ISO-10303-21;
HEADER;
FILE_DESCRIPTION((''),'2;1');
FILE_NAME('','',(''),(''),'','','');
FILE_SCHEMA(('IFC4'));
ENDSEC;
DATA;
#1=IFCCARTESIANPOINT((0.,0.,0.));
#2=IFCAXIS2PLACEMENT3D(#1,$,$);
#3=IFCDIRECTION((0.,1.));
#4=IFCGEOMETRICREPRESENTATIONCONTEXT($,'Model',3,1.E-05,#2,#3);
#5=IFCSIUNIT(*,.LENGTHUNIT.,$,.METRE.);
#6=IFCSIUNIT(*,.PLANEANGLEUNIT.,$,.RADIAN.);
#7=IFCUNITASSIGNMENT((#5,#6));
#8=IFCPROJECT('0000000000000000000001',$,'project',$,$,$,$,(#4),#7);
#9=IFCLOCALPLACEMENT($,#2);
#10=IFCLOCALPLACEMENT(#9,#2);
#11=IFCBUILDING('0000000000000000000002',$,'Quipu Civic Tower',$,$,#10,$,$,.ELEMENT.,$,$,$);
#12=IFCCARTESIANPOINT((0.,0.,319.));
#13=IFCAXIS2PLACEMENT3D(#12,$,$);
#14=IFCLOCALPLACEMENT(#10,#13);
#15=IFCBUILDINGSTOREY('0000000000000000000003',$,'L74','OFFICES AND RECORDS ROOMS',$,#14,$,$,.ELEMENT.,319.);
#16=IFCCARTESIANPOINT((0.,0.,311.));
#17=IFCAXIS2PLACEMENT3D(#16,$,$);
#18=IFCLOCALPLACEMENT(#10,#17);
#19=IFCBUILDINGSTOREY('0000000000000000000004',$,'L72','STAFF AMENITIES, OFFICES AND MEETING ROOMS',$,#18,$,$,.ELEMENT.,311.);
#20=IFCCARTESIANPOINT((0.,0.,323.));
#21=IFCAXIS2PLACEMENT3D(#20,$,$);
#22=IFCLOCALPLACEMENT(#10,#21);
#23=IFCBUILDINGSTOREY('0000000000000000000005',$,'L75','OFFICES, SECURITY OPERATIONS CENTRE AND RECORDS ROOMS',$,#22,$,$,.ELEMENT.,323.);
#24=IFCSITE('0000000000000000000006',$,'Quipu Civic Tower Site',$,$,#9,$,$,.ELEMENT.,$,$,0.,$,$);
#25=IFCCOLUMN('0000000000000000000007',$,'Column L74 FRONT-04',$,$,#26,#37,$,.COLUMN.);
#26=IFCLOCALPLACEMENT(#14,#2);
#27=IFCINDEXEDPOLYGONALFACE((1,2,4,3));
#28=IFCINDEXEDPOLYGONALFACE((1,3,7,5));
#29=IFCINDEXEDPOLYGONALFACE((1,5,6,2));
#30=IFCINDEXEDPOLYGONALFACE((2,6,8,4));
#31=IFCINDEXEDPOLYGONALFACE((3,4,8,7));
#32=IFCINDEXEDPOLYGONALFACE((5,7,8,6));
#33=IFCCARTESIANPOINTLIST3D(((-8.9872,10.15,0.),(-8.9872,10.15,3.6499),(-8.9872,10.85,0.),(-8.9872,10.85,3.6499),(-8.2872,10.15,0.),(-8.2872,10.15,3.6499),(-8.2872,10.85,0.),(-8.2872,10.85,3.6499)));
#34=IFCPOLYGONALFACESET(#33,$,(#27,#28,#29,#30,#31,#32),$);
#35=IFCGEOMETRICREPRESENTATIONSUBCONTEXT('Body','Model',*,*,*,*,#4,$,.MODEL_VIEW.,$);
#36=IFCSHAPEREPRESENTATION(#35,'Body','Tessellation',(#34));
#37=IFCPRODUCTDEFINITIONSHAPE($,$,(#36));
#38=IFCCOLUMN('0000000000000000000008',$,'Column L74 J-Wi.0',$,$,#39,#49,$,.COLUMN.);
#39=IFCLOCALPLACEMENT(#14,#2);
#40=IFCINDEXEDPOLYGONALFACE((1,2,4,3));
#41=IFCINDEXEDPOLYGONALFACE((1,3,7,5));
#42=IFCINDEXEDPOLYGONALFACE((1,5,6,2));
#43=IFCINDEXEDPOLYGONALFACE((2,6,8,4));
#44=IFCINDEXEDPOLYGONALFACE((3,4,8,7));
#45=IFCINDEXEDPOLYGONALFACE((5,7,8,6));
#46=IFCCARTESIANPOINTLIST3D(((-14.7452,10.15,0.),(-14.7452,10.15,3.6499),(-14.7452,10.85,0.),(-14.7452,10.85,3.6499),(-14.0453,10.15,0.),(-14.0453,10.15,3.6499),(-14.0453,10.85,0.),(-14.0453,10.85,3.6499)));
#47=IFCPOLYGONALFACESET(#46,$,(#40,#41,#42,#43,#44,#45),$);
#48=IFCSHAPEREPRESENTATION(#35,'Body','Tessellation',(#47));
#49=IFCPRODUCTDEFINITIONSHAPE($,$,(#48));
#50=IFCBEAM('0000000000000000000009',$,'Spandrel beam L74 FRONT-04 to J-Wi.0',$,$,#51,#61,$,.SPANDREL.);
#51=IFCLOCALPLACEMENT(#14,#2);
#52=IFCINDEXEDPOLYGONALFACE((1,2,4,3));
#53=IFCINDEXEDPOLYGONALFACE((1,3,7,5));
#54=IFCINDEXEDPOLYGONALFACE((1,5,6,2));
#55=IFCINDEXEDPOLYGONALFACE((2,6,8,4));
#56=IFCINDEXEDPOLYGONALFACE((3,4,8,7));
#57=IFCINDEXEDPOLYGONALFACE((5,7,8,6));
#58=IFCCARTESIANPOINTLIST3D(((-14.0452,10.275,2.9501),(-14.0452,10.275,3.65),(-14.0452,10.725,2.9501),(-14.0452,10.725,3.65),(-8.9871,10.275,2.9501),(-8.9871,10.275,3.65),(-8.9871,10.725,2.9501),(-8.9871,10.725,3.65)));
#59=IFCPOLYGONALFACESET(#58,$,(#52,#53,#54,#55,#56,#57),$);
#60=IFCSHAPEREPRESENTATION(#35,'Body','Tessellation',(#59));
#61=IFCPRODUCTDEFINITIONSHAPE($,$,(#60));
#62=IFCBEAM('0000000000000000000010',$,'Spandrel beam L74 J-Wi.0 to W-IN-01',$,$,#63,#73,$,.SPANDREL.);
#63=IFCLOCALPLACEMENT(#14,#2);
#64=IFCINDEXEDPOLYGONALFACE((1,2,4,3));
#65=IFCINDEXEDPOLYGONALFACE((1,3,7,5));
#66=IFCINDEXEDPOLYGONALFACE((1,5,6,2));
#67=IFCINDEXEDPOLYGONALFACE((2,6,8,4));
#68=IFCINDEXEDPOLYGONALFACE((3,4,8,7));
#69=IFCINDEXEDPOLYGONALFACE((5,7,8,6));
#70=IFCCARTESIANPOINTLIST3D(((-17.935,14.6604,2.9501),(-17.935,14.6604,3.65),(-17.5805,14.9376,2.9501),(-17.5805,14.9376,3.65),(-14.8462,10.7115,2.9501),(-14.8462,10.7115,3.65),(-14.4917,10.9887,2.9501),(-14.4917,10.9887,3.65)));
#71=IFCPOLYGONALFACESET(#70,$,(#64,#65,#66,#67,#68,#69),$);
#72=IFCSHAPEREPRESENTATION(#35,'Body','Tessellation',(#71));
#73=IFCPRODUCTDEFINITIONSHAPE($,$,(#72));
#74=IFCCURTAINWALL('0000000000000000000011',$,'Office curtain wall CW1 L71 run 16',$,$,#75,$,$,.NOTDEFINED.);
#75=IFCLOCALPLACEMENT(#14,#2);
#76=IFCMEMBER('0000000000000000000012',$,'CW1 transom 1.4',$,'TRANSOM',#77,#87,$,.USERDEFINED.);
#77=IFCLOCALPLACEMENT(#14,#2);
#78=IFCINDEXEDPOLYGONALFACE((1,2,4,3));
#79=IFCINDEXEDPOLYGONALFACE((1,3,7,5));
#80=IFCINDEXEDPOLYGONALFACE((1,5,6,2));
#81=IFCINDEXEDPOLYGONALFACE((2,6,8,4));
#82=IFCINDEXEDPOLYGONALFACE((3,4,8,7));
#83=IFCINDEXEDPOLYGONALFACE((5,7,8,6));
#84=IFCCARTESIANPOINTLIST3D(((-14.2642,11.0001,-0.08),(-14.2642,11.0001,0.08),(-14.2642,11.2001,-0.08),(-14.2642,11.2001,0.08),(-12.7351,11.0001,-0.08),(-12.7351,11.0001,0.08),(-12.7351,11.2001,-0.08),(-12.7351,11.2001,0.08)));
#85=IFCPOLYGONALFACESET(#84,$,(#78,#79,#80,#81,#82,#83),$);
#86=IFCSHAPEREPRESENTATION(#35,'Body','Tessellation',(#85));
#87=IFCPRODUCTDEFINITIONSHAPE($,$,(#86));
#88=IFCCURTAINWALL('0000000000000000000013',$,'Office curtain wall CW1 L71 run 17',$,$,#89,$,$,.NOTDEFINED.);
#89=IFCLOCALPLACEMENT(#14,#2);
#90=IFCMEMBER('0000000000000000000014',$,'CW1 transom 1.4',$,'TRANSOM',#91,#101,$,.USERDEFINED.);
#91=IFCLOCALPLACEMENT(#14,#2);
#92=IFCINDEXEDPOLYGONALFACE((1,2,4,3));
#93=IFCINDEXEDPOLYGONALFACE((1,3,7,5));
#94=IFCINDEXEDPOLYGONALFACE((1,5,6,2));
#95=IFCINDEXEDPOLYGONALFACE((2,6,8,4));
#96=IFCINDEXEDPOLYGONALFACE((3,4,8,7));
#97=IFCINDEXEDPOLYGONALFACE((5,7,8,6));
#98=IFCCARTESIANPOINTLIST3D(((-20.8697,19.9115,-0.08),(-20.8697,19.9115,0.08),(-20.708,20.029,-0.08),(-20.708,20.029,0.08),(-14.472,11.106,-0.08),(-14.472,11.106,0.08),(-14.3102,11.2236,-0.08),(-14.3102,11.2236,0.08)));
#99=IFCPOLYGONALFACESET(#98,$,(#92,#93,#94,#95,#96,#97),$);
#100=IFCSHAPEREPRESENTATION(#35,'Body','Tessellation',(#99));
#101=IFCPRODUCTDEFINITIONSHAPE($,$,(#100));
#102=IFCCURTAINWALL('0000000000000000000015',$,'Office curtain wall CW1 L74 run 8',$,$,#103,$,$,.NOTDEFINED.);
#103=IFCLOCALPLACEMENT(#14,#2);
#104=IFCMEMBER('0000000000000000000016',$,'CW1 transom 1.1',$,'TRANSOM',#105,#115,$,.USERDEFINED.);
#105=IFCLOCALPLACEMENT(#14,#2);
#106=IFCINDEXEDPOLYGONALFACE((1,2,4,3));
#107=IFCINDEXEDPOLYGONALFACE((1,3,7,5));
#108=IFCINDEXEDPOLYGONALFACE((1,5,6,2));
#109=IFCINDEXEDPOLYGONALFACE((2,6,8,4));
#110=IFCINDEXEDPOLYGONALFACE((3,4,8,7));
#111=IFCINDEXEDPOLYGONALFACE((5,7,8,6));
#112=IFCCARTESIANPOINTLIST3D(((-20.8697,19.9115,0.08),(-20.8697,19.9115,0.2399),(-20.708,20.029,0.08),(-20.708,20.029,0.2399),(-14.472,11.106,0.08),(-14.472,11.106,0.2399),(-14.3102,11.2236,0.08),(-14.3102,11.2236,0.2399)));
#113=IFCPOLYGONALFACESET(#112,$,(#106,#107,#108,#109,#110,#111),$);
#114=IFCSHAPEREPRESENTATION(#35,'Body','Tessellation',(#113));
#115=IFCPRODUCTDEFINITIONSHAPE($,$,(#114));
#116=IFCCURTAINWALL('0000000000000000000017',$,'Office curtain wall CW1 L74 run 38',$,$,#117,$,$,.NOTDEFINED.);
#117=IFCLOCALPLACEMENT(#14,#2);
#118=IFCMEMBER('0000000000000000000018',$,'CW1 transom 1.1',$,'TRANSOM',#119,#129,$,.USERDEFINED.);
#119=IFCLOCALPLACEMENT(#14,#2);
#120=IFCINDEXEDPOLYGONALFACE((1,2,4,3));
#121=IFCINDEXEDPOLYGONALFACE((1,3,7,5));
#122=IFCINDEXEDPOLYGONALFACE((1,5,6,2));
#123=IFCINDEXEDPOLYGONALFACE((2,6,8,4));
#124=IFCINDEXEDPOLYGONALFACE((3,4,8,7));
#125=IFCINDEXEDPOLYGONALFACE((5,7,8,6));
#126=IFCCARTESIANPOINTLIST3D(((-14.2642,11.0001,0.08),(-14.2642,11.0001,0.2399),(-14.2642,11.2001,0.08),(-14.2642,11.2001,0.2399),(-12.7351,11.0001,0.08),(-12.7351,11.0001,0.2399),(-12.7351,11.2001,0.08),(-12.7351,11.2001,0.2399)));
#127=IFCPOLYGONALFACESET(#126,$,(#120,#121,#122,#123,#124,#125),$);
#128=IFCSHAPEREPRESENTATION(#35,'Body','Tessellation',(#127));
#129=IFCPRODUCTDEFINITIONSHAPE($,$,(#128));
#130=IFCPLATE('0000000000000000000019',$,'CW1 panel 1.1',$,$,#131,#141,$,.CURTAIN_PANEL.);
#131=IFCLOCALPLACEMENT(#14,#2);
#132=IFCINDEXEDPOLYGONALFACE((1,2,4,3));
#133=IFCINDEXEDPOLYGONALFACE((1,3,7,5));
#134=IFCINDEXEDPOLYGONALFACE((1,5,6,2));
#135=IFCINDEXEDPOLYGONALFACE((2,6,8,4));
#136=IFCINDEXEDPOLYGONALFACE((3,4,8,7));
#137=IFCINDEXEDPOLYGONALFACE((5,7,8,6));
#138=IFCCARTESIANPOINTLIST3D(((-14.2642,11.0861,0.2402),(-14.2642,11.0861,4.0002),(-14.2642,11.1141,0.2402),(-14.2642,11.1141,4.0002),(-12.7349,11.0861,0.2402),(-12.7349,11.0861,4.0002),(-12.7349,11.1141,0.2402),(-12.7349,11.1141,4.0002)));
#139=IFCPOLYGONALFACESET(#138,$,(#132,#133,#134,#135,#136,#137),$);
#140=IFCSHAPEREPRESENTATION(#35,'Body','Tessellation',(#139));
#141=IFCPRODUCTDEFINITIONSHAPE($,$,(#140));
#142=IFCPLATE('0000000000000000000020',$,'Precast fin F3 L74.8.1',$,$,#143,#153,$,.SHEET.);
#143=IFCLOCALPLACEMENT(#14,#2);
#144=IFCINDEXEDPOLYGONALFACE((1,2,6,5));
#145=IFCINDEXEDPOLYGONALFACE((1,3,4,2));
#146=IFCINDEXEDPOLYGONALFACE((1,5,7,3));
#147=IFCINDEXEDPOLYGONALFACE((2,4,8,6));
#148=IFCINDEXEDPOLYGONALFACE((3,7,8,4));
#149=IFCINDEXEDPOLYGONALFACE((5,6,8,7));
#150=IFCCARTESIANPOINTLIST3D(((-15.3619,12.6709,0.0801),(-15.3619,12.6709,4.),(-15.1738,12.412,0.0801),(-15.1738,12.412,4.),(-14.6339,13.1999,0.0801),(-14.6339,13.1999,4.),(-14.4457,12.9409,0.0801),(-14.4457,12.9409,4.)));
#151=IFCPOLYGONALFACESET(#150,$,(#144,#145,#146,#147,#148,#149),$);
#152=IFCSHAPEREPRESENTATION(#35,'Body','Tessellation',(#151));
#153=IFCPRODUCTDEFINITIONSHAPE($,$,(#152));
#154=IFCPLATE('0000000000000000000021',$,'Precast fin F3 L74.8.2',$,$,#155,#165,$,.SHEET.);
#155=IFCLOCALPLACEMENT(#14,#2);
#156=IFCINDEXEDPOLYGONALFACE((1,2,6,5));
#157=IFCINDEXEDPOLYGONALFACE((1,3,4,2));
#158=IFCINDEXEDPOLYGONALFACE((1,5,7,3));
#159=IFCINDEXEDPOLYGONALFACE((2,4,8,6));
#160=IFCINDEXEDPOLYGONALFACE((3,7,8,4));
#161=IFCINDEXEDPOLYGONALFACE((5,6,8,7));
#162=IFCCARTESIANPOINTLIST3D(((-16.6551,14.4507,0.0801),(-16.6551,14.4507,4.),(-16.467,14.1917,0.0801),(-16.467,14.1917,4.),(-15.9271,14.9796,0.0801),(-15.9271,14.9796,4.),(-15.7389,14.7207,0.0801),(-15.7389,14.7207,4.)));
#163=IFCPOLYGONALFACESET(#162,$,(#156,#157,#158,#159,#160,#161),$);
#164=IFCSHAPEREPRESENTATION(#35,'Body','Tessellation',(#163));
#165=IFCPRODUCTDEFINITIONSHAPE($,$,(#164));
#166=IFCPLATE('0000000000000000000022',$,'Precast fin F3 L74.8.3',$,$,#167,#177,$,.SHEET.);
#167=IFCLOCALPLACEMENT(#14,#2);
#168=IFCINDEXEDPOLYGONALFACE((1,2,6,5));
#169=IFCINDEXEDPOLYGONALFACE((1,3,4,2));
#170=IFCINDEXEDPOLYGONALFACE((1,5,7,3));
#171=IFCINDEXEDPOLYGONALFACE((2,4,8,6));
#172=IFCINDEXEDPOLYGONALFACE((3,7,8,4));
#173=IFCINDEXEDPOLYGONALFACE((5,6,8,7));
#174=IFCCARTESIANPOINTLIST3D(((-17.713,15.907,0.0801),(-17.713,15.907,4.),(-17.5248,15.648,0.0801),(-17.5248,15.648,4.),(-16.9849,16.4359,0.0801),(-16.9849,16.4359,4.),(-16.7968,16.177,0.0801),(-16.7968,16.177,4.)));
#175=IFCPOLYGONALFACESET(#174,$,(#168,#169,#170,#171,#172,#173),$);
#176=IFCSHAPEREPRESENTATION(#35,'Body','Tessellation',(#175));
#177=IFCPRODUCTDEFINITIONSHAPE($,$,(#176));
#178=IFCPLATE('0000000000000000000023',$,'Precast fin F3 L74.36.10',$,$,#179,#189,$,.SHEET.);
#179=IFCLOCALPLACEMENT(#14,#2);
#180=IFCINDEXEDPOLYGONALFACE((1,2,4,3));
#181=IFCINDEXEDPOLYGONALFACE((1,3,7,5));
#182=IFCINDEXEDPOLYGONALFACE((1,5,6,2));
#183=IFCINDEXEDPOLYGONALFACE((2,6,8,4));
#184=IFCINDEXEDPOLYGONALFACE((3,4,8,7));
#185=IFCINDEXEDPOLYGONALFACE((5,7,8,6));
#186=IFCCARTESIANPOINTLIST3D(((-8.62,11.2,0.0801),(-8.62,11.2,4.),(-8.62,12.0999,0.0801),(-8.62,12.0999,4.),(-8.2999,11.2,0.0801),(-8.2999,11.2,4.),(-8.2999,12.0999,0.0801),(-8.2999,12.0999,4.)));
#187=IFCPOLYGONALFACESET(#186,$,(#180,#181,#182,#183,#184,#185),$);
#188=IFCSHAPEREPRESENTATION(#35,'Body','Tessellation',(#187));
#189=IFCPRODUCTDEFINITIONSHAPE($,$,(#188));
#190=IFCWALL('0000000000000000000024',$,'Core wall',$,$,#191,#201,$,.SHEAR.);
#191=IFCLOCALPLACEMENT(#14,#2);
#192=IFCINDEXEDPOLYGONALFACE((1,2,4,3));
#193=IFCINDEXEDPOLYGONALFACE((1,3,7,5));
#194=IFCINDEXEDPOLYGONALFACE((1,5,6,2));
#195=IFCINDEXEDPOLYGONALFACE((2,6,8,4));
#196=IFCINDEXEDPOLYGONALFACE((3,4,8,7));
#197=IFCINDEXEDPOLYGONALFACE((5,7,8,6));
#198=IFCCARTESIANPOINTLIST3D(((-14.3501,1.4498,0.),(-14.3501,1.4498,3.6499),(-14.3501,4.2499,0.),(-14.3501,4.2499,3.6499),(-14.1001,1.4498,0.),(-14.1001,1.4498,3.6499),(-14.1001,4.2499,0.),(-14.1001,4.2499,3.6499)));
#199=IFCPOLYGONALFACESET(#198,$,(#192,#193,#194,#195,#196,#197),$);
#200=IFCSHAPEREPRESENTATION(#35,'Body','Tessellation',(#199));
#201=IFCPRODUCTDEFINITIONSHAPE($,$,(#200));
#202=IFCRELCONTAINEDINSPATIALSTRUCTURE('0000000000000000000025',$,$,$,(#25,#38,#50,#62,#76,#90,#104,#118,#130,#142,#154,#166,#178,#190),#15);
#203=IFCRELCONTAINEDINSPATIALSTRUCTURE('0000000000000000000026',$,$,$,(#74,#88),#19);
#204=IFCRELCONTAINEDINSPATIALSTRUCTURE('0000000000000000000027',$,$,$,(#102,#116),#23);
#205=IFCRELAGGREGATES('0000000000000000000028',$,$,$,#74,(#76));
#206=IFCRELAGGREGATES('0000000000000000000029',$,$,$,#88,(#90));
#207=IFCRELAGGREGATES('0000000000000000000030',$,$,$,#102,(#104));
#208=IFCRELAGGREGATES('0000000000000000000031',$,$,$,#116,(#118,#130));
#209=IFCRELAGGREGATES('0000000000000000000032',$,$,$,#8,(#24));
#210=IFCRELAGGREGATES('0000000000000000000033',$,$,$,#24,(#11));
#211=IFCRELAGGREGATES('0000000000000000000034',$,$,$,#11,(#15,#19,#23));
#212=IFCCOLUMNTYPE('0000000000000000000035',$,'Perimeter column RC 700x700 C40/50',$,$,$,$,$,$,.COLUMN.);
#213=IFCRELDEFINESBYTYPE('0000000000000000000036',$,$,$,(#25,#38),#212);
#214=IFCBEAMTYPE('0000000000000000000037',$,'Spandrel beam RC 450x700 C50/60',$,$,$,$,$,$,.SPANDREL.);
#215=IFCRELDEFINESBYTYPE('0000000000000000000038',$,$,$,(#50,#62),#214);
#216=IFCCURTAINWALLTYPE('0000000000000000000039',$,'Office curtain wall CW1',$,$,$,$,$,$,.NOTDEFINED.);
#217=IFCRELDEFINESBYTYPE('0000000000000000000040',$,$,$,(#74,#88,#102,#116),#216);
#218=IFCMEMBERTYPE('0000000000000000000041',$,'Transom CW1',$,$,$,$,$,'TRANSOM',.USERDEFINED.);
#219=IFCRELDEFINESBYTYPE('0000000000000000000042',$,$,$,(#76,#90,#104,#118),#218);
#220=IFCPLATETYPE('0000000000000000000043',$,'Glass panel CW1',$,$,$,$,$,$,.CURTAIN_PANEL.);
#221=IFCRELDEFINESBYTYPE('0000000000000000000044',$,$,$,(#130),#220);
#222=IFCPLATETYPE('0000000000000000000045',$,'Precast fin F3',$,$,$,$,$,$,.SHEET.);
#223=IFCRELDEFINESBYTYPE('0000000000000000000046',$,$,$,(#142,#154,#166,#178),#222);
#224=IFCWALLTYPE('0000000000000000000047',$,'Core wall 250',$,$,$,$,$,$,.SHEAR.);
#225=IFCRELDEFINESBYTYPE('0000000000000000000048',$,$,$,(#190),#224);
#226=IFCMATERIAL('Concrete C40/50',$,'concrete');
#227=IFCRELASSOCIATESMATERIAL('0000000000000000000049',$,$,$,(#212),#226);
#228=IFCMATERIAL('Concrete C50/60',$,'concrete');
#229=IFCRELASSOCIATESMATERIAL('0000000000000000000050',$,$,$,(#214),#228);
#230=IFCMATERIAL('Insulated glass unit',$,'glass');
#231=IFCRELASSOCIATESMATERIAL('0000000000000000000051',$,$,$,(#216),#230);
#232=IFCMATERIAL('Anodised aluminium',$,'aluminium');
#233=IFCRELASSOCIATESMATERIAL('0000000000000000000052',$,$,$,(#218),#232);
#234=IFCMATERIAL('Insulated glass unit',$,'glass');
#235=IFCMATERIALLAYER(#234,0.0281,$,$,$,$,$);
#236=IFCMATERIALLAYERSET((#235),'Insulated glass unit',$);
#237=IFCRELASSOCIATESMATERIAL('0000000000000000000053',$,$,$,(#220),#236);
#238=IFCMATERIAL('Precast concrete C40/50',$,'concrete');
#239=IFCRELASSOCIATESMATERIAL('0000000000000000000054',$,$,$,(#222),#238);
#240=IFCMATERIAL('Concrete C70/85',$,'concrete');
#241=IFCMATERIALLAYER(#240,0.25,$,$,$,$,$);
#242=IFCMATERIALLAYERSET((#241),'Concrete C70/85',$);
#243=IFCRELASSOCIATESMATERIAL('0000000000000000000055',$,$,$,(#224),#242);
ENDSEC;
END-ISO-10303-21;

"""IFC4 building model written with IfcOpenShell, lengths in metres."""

from ifc_helpers import new_model, si_unit, direction, frame, frame_2d, origin, origin_2d, place, context, subcontext, project, spatial, rectangle, extrude, material, layer, layer_set, material_profile, profile_set, type_object, element, aggregate, save


model = new_model("IFC4")

# Units and contexts
model_context = context("Model", 3, precision=1e-05, world=origin(), true_north=direction((0.0, 1.0)))
body_context = subcontext(model_context, "Body", "Model", "MODEL_VIEW")
ifc_project = project(units=[si_unit("LENGTHUNIT", "METRE"), si_unit("PLANEANGLEUNIT", "RADIAN")], contexts=[model_context])

# Site, building, storey
site_placement = place(None, origin())
site = spatial("IfcSite", under=ifc_project, at=site_placement, Name="Quipu Civic Tower Site", CompositionType="ELEMENT", RefElevation=0.0)
building_placement = place(site_placement, origin())
building = spatial("IfcBuilding", under=site, at=building_placement, Name="Quipu Civic Tower", CompositionType="ELEMENT")
storey_1_placement = place(building_placement, frame((0.0, 0.0, 319.0)))
storey_1 = spatial("IfcBuildingStorey", under=building, at=storey_1_placement, Name="L74", Description="OFFICES AND RECORDS ROOMS", CompositionType="ELEMENT", Elevation=319.0)

# Columns
ifc_material_1 = material(Name="Concrete C40/50", Category="concrete")
ifc_material_profile_1 = material_profile(ifc_material_1, rectangle(XDim=0.7, YDim=0.7, at=origin_2d()), Name="RC700x700")
ifc_profile_set_1 = profile_set([ifc_material_profile_1], Name="Concrete C40/50")
column_type = type_object("IfcColumnType", Name="Perimeter column RC 700x700 C40/50", PredefinedType="COLUMN", material=ifc_profile_set_1)
for number, where, z_axis, x_axis, name in (
    (1, (-8.6372, 10.5, 0.0), (0.0, 0.0, 1.0), (-1.0, 0.0, 0.0), "Column L74 FRONT-04"),
    (2, (-14.3953, 10.5, 0.0), (0.0, 0.0, 1.0), (-1.0, 0.0, 0.0), "Column L74 J-Wi.0"),
):
    element("IfcColumn", number, at=place(storey_1_placement, frame(where, z_axis=z_axis, x_axis=x_axis)), inside=storey_1, type_object=column_type, Name=name, PredefinedType="COLUMN", context=body_context, shape_type="SweptSolid", body=[
        extrude(rectangle(XDim=0.7, YDim=0.7, at=origin_2d()), origin(), (0.0, 0.0, 1.0), 3.6499),
    ])

# Beams
ifc_material_2 = material(Name="Concrete C50/60", Category="concrete")
ifc_material_profile_2 = material_profile(ifc_material_2, rectangle(XDim=0.45, YDim=0.7, at=origin_2d()), Name="RC450x700")
ifc_profile_set_2 = profile_set([ifc_material_profile_2], Name="Concrete C50/60")
beam_type = type_object("IfcBeamType", Name="Spandrel beam RC 450x700 C50/60", PredefinedType="SPANDREL", material=ifc_profile_set_2)
beam_1_placement = place(storey_1_placement, frame((-8.9871, 10.5, 3.3), z_axis=(-1.0, 0.0, 0.0), x_axis=(0.0, -1.0, 0.0)))
element("IfcBeam", 3, at=beam_1_placement, inside=storey_1, type_object=beam_type, Name="Spandrel beam L74 FRONT-04 to J-Wi.0", PredefinedType="SPANDREL", context=body_context, shape_type="SweptSolid", body=[
    extrude(rectangle(XDim=0.45, YDim=0.7, at=origin_2d()), origin(), (0.0, 0.0, 1.0), 5.0581),
])
beam_2_placement = place(storey_1_placement, frame((-14.6689, 10.8501, 3.3), z_axis=(-0.616106, 0.787663, 0.0), x_axis=(-0.787663, -0.616106, 0.0)))
element("IfcBeam", 4, at=beam_2_placement, inside=storey_1, type_object=beam_type, Name="Spandrel beam L74 J-Wi.0 to W-IN-01", PredefinedType="SPANDREL", context=body_context, shape_type="SweptSolid", body=[
    extrude(rectangle(XDim=0.45, YDim=0.7, at=origin_2d()), origin(), (0.0, 0.0, 1.0), 5.0134),
])

# Shared definitions
storey_2_placement = place(building_placement, frame((0.0, 0.0, 311.0)))
storey_2 = spatial("IfcBuildingStorey", under=building, at=storey_2_placement, Name="L72", Description="STAFF AMENITIES, OFFICES AND MEETING ROOMS", CompositionType="ELEMENT", Elevation=311.0)

# Curtain walls, members
ifc_material_3 = material(Name="Insulated glass unit", Category="glass")
curtain_wall_type = type_object("IfcCurtainWallType", Name="Office curtain wall CW1", PredefinedType="NOTDEFINED", material=ifc_material_3)
curtain_wall_1_placement = place(storey_2_placement, origin())
curtain_wall_1 = element("IfcCurtainWall", 5, at=curtain_wall_1_placement, inside=storey_2, type_object=curtain_wall_type, Name="Office curtain wall CW1 L71 run 16", PredefinedType="NOTDEFINED")
ifc_material_4 = material(Name="Anodised aluminium", Category="aluminium")
ifc_material_profile_3 = material_profile(ifc_material_4, rectangle(XDim=0.2, YDim=0.1599, at=origin_2d()), Name="RECT 200x160")
ifc_profile_set_3 = profile_set([ifc_material_profile_3], Name="Anodised aluminium")
member_type = type_object("IfcMemberType", Name="Transom CW1", ElementType="TRANSOM", PredefinedType="USERDEFINED", material=ifc_profile_set_3)
member_1_placement = place(storey_1_placement, frame((-12.7351, 11.1001, 0.0), z_axis=(-1.0, 0.0, 0.0), x_axis=(0.0, -1.0, 0.0)))
member_1 = element("IfcMember", 6, at=member_1_placement, inside=storey_1, type_object=member_type, Name="CW1 transom 1.4", ObjectType="TRANSOM", PredefinedType="USERDEFINED", context=body_context, shape_type="SweptSolid", body=[
    extrude(rectangle(XDim=0.2, YDim=0.1599, at=origin_2d()), origin(), (0.0, 0.0, 1.0), 1.5291),
])
aggregate(curtain_wall_1, [member_1])
curtain_wall_2_placement = place(storey_2_placement, origin())
curtain_wall_2 = element("IfcCurtainWall", 7, at=curtain_wall_2_placement, inside=storey_2, type_object=curtain_wall_type, Name="Office curtain wall CW1 L71 run 17", PredefinedType="NOTDEFINED")
member_2_placement = place(storey_1_placement, frame((-14.3911, 11.1648, 0.0), z_axis=(-0.587797, 0.809009, 0.0), x_axis=(-0.809009, -0.587797, 0.0)))
member_2 = element("IfcMember", 8, at=member_2_placement, inside=storey_1, type_object=member_type, Name="CW1 transom 1.4", ObjectType="TRANSOM", PredefinedType="USERDEFINED", context=body_context, shape_type="SweptSolid", body=[
    extrude(rectangle(XDim=0.2, YDim=0.1599, at=origin_2d()), origin(), (0.0, 0.0, 1.0), 10.8843),
])
aggregate(curtain_wall_2, [member_2])

# Shared definitions
storey_3_placement = place(building_placement, frame((0.0, 0.0, 323.0)))
storey_3 = spatial("IfcBuildingStorey", under=building, at=storey_3_placement, Name="L75", Description="OFFICES, SECURITY OPERATIONS CENTRE AND RECORDS ROOMS", CompositionType="ELEMENT", Elevation=323.0)

# Curtain wall, member
curtain_wall_3_placement = place(storey_3_placement, origin())
curtain_wall_3 = element("IfcCurtainWall", 9, at=curtain_wall_3_placement, inside=storey_3, type_object=curtain_wall_type, Name="Office curtain wall CW1 L74 run 8", PredefinedType="NOTDEFINED")
member_3_placement = place(storey_1_placement, frame((-14.3911, 11.1648, 0.1599), z_axis=(-0.587797, 0.809009, 0.0), x_axis=(-0.809009, -0.587797, 0.0)))
member_3 = element("IfcMember", 10, at=member_3_placement, inside=storey_1, type_object=member_type, Name="CW1 transom 1.1", ObjectType="TRANSOM", PredefinedType="USERDEFINED", context=body_context, shape_type="SweptSolid", body=[
    extrude(rectangle(XDim=0.2, YDim=0.1599, at=origin_2d()), origin(), (0.0, 0.0, 1.0), 10.8843),
])
aggregate(curtain_wall_3, [member_3])

# Curtain wall, member, plate
curtain_wall_4_placement = place(storey_3_placement, origin())
curtain_wall_4 = element("IfcCurtainWall", 11, at=curtain_wall_4_placement, inside=storey_3, type_object=curtain_wall_type, Name="Office curtain wall CW1 L74 run 38", PredefinedType="NOTDEFINED")
member_4_placement = place(storey_1_placement, frame((-12.7351, 11.1001, 0.1599), z_axis=(-1.0, 0.0, 0.0), x_axis=(0.0, -1.0, 0.0)))
member_4 = element("IfcMember", 12, at=member_4_placement, inside=storey_1, type_object=member_type, Name="CW1 transom 1.1", ObjectType="TRANSOM", PredefinedType="USERDEFINED", context=body_context, shape_type="SweptSolid", body=[
    extrude(rectangle(XDim=0.2, YDim=0.1599, at=origin_2d()), origin(), (0.0, 0.0, 1.0), 1.5291),
])
ifc_material_5 = material(Name="Insulated glass unit", Category="glass")
ifc_layer_1 = layer(ifc_material_5, 0.0281)
ifc_layer_set_1 = layer_set([ifc_layer_1], Name="Insulated glass unit")
plate_type_1 = type_object("IfcPlateType", Name="Glass panel CW1", PredefinedType="CURTAIN_PANEL", material=ifc_layer_set_1)
plate_placement = place(storey_1_placement, frame((-13.4995, 11.1001, 0.2402), z_axis=(0.0, 0.0, 1.0), x_axis=(-1.0, 0.0, 0.0)))
plate = element("IfcPlate", 13, at=plate_placement, inside=storey_1, type_object=plate_type_1, Name="CW1 panel 1.1", PredefinedType="CURTAIN_PANEL", context=body_context, shape_type="SweptSolid", body=[
    extrude(rectangle(XDim=1.5293, YDim=0.0281, at=origin_2d()), origin(), (0.0, 0.0, 1.0), 3.76),
])
aggregate(curtain_wall_4, [member_4, plate])

# Plates
ifc_material_6 = material(Name="Precast concrete C40/50", Category="concrete")
plate_type_2 = type_object("IfcPlateType", Name="Precast fin F3", PredefinedType="SHEET", material=ifc_material_6)
for number, where, z_axis, x_axis, name in (
    (14, (-14.9038, 12.8059, 0.0801), (0.0, 0.0, 1.0), (-0.587784, 0.809018, 0.0), "Precast fin F3 L74.8.1"),
    (15, (-16.197, 14.5857, 0.0801), (0.0, 0.0, 1.0), (-0.587784, 0.809018, 0.0), "Precast fin F3 L74.8.2"),
    (16, (-17.2549, 16.042, 0.0801), (0.0, 0.0, 1.0), (-0.587784, 0.809018, 0.0), "Precast fin F3 L74.8.3"),
    (17, (-8.46, 11.6499, 0.0801), (0.0, 0.0, 1.0), (-1.0, 0.0, 0.0), "Precast fin F3 L74.36.10"),
):
    element("IfcPlate", number, at=place(storey_1_placement, frame(where, z_axis=z_axis, x_axis=x_axis)), inside=storey_1, type_object=plate_type_2, Name=name, PredefinedType="SHEET", context=body_context, shape_type="SweptSolid", body=[
        extrude(rectangle(XDim=0.3201, YDim=0.8999, at=origin_2d()), origin(), (0.0, 0.0, 1.0), 3.9199),
    ])

# Wall
ifc_material_7 = material(Name="Concrete C70/85", Category="concrete")
ifc_layer_2 = layer(ifc_material_7, 0.25)
ifc_layer_set_2 = layer_set([ifc_layer_2], Name="Concrete C70/85")
wall_type_1 = type_object("IfcWallType", Name="Core wall 250", PredefinedType="SHEAR", material=ifc_layer_set_2)
wall_1_placement = place(storey_1_placement, frame((-14.2251, 1.45, 0.0), z_axis=(0.0, 0.0, 1.0), x_axis=(0.0, 1.0, 0.0)))
element("IfcWall", 18, at=wall_1_placement, inside=storey_1, type_object=wall_type_1, Name="Core wall", PredefinedType="SHEAR", context=body_context, shape_type="SweptSolid", body=[
    extrude(rectangle(XDim=2.8, YDim=0.25, at=frame_2d((1.3999, 0.0))), origin(), (0.0, 0.0, 1.0), 3.6499),
])

save(model, "model.ifc")
